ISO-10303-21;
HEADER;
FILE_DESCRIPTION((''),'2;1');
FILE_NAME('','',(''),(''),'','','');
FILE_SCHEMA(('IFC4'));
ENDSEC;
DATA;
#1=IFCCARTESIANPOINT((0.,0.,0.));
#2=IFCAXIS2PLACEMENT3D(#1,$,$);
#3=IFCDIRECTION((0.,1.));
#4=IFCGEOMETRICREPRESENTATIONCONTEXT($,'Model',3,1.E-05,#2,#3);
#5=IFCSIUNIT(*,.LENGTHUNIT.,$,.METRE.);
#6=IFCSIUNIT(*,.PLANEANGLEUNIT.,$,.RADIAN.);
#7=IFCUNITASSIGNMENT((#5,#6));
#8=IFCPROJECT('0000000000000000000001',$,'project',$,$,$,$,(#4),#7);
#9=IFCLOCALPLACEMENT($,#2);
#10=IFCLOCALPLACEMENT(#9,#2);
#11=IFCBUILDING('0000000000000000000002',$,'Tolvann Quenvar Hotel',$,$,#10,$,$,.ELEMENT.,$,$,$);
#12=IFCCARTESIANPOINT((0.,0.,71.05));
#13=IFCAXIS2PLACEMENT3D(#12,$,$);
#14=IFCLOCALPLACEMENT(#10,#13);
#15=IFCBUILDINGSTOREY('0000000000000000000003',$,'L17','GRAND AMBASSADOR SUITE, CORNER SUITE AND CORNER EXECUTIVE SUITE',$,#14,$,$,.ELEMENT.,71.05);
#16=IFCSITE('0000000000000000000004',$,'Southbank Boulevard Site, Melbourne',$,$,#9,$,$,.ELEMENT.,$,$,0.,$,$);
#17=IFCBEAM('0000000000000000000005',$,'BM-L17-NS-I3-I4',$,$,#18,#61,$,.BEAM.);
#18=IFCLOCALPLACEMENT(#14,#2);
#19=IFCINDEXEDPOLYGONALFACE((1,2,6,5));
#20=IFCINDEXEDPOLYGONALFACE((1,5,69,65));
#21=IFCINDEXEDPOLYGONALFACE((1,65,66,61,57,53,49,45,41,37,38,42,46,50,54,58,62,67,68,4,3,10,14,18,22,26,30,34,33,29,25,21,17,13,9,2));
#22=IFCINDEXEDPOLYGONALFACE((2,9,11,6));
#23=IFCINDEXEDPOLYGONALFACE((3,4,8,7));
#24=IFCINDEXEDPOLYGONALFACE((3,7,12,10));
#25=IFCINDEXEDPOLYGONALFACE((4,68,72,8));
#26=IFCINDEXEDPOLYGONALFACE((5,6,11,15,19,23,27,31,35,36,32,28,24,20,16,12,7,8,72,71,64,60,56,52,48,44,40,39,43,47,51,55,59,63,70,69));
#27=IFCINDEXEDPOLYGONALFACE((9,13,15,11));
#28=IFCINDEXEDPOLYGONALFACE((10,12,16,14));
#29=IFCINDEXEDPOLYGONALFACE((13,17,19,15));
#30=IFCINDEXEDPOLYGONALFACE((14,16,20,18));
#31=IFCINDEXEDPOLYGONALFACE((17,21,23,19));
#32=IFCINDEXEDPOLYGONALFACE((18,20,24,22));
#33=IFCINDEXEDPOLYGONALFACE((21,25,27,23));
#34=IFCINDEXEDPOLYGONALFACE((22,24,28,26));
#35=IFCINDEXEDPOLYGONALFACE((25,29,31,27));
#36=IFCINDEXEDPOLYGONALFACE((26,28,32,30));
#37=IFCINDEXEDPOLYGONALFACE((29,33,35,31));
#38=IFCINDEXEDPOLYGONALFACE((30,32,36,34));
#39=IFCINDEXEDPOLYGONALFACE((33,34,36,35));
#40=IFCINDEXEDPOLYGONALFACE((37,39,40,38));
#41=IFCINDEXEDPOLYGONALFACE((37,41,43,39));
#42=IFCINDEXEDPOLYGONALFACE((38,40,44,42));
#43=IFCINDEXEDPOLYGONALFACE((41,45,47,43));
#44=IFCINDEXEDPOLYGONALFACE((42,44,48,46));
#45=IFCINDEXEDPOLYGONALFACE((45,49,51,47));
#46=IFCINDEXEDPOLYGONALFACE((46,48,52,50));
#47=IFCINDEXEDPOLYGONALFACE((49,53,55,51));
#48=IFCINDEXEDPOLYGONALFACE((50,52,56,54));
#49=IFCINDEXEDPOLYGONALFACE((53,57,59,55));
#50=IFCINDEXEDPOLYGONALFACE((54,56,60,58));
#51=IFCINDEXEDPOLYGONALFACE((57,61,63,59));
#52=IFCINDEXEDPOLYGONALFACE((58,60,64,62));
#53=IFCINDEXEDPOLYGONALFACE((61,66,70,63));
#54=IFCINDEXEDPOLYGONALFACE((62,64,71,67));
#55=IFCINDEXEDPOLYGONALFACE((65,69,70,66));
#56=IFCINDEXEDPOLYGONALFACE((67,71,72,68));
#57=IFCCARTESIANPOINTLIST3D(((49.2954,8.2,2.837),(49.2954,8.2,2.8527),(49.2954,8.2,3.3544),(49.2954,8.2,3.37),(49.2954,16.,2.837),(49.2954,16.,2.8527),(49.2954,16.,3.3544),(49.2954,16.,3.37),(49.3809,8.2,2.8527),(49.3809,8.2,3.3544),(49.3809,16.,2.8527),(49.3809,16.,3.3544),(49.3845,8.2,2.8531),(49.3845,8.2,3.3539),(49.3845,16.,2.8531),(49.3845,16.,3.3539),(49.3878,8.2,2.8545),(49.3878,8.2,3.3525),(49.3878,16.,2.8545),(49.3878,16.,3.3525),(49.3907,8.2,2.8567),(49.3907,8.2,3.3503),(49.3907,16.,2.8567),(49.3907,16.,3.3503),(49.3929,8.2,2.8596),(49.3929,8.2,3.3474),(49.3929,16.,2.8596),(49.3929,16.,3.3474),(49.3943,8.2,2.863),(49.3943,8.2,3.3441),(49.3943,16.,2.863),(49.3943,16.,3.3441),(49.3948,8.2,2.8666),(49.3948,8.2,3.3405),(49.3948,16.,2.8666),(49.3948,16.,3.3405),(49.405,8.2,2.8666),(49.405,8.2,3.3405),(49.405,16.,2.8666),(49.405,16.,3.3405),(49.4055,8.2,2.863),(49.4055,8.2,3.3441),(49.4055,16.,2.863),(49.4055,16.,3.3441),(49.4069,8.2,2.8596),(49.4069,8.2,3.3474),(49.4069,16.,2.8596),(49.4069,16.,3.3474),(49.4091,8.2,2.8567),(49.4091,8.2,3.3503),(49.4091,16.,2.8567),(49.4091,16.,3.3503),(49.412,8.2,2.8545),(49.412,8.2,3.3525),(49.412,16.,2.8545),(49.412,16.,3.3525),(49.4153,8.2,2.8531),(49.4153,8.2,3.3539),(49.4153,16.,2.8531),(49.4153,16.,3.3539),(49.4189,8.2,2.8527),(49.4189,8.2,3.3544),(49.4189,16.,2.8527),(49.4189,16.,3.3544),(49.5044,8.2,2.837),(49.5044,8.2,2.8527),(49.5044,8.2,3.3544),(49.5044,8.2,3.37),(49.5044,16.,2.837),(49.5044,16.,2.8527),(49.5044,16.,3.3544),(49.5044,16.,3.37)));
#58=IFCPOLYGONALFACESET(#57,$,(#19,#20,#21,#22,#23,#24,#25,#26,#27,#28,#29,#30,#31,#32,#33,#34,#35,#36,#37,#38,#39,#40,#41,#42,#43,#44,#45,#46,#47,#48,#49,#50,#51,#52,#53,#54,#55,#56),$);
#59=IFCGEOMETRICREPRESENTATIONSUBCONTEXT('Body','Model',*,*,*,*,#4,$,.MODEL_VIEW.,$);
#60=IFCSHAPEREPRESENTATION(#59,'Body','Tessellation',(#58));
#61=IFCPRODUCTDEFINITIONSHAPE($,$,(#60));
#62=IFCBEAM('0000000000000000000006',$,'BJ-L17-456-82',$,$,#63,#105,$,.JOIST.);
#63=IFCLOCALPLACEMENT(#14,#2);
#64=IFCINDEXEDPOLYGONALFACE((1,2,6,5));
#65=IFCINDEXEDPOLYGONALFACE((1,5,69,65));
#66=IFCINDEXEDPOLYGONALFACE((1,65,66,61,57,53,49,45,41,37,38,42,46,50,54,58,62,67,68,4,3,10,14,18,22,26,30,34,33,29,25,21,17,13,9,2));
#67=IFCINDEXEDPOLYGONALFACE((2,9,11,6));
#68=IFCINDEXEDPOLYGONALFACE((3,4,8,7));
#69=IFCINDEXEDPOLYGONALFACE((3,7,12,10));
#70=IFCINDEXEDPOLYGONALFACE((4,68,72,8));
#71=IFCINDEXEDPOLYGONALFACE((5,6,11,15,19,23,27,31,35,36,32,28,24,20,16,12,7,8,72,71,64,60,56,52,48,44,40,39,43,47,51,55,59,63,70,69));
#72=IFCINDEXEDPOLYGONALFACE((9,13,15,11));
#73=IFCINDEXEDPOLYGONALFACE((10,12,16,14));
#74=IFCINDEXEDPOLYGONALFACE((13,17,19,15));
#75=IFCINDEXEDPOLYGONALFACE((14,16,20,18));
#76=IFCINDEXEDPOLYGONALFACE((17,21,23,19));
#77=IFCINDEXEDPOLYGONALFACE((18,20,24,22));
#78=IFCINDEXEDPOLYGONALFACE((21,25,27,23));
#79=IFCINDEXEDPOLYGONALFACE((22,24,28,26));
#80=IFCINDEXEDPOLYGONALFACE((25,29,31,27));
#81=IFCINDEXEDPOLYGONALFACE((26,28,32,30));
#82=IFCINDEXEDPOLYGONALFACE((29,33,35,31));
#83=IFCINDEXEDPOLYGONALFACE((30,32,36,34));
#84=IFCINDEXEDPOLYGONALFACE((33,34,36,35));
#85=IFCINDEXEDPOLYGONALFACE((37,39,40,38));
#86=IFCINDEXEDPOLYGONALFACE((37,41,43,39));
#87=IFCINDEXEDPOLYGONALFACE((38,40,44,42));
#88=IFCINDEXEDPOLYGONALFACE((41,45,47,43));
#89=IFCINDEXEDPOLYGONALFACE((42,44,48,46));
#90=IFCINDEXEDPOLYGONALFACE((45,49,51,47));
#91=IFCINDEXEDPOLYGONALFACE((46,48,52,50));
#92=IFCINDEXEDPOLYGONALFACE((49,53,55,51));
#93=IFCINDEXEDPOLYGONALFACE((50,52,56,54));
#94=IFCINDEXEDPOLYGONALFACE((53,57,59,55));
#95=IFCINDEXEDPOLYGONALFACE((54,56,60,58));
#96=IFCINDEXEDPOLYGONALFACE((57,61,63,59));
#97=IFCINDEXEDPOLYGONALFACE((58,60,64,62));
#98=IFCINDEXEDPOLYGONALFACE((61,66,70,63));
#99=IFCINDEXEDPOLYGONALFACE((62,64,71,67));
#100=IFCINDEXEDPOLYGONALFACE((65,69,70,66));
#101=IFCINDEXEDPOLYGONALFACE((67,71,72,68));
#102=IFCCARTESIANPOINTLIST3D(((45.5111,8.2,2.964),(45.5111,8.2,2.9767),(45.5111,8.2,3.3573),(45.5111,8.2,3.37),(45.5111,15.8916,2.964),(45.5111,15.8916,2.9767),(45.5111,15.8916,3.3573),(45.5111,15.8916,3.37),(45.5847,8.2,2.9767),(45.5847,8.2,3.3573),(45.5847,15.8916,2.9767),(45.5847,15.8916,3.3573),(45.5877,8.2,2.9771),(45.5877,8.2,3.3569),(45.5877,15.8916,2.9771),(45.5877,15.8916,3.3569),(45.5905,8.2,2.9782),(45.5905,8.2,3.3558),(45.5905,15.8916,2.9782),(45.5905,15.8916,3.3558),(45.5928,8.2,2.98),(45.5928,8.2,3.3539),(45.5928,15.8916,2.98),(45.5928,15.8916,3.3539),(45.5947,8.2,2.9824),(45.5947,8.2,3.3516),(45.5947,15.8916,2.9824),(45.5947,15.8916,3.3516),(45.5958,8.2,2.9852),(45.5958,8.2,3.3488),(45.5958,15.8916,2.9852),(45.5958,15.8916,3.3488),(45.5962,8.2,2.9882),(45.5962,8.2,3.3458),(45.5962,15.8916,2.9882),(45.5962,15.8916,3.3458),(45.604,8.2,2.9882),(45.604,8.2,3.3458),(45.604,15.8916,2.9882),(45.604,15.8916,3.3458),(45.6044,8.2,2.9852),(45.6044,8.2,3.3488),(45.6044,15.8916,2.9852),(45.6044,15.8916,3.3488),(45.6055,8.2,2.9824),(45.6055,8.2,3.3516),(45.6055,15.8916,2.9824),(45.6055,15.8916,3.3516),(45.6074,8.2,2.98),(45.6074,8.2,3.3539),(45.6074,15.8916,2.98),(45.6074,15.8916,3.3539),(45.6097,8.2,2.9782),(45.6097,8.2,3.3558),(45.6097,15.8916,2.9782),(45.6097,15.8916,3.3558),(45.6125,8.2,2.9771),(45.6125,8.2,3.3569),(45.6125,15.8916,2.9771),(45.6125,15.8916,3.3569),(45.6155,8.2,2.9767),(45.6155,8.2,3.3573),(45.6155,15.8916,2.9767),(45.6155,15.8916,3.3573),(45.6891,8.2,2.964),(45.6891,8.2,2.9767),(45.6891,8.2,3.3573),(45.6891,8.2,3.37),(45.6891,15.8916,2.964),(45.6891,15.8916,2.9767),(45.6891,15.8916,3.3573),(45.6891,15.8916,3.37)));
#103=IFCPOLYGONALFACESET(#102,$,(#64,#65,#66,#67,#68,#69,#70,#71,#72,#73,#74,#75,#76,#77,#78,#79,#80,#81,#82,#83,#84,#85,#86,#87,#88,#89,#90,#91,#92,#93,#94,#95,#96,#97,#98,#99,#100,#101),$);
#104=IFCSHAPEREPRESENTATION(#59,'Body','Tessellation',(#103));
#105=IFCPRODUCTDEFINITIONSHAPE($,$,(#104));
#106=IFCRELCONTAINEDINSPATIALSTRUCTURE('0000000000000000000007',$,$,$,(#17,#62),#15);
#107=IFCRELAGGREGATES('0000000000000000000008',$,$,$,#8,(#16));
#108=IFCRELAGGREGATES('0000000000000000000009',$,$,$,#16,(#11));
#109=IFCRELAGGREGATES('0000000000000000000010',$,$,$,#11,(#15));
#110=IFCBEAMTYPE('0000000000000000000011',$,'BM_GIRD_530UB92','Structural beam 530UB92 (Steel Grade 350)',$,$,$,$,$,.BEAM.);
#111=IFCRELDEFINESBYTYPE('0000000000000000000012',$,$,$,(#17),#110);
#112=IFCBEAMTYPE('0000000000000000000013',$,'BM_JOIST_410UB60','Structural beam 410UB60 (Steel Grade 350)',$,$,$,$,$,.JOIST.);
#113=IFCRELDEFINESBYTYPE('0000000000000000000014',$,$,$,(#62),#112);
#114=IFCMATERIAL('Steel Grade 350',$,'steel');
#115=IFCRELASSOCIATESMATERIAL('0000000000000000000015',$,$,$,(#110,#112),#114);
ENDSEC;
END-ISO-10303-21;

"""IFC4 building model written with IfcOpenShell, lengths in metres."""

from ifc_helpers import new_model, si_unit, direction, frame, origin, origin_2d, place, context, subcontext, project, spatial, i_section, extrude, source, transform, mapped, material, material_profile, profile_set, type_object, type_shapes, element, save


model = new_model("IFC4")

# Units and contexts
model_context = context("Model", 3, precision=1e-05, world=origin(), true_north=direction((0.0, 1.0)))
body_context = subcontext(model_context, "Body", "Model", "MODEL_VIEW")
ifc_project = project(units=[si_unit("LENGTHUNIT", "METRE"), si_unit("PLANEANGLEUNIT", "RADIAN")], contexts=[model_context])

# Site, building, storey
site_placement = place(None, origin())
site = spatial("IfcSite", under=ifc_project, at=site_placement, Name="Southbank Boulevard Site, Melbourne", CompositionType="ELEMENT", RefElevation=0.0)
building_placement = place(site_placement, origin())
building = spatial("IfcBuilding", under=site, at=building_placement, Name="Tolvann Quenvar Hotel", CompositionType="ELEMENT")
storey_placement = place(building_placement, frame((0.0, 0.0, 71.05)))
storey = spatial("IfcBuildingStorey", under=building, at=storey_placement, Name="L17", Description="GRAND AMBASSADOR SUITE, CORNER SUITE AND CORNER EXECUTIVE SUITE", CompositionType="ELEMENT", Elevation=71.05)

# Shared definitions
ifc_material_1 = material(Name="Steel Grade 350", Category="steel")

# Beams
ifc_material_profile_1 = material_profile(ifc_material_1, i_section(OverallWidth=0.209, OverallDepth=0.533, WebThickness=0.0103, FlangeThickness=0.0156, FilletRadius=0.0139, at=origin_2d()), Name="530UB92")
ifc_profile_set_1 = profile_set([ifc_material_profile_1], Name="Steel Grade 350")
beam_type_1 = type_object("IfcBeamType", Name="BM_GIRD_530UB92", Description="Structural beam 530UB92 (Steel Grade 350)", PredefinedType="BEAM", material=ifc_profile_set_1)
shared_shape_1 = source(origin(), body_context, "Body", "SweptSolid", [
    extrude(i_section(OverallWidth=0.209, OverallDepth=0.533, WebThickness=0.0103, FlangeThickness=0.0156, FilletRadius=0.0139, at=origin_2d()), origin(), (0.0, 0.0, 1.0), 7.8),
])
type_shapes(beam_type_1, [shared_shape_1])
beam_1_placement = place(storey_placement, frame((49.3999, 8.2, 3.1035), z_axis=(0.0, 1.0, 0.0), x_axis=(-1.0, 0.0, 0.0)))
element("IfcBeam", 1, at=beam_1_placement, inside=storey, type_object=beam_type_1, Name="BM-L17-NS-I3-I4", PredefinedType="BEAM", context=body_context, shape_type="MappedRepresentation", body=[
    mapped(shared_shape_1, transform((0.0, 0.0, 0.0), x_axis=(1.0, 0.0, 0.0), y_axis=(0.0, 1.0, 0.0), z_axis=(0.0, 0.0, 1.0), scale=1.0)),
])
ifc_material_profile_2 = material_profile(ifc_material_1, i_section(OverallWidth=0.178, OverallDepth=0.406, WebThickness=0.0078, FlangeThickness=0.0127, FilletRadius=0.0115, at=origin_2d()), Name="410UB60")
ifc_profile_set_2 = profile_set([ifc_material_profile_2], Name="Steel Grade 350")
beam_type_2 = type_object("IfcBeamType", Name="BM_JOIST_410UB60", Description="Structural beam 410UB60 (Steel Grade 350)", PredefinedType="JOIST", material=ifc_profile_set_2)
shared_shape_2 = source(origin(), body_context, "Body", "SweptSolid", [
    extrude(i_section(OverallWidth=0.178, OverallDepth=0.406, WebThickness=0.0078, FlangeThickness=0.0127, FilletRadius=0.0115, at=origin_2d()), origin(), (0.0, 0.0, 1.0), 7.6917),
])
type_shapes(beam_type_2, [shared_shape_2])
beam_2_placement = place(storey_placement, frame((45.6001, 8.2, 3.167), z_axis=(0.0, 1.0, 0.0), x_axis=(-1.0, 0.0, 0.0)))
element("IfcBeam", 2, at=beam_2_placement, inside=storey, type_object=beam_type_2, Name="BJ-L17-456-82", PredefinedType="JOIST", context=body_context, shape_type="MappedRepresentation", body=[
    mapped(shared_shape_2, transform((0.0, 0.0, 0.0), x_axis=(1.0, 0.0, 0.0), y_axis=(0.0, 1.0, 0.0), z_axis=(0.0, 0.0, 1.0), scale=1.0)),
])

save(model, "model.ifc")
